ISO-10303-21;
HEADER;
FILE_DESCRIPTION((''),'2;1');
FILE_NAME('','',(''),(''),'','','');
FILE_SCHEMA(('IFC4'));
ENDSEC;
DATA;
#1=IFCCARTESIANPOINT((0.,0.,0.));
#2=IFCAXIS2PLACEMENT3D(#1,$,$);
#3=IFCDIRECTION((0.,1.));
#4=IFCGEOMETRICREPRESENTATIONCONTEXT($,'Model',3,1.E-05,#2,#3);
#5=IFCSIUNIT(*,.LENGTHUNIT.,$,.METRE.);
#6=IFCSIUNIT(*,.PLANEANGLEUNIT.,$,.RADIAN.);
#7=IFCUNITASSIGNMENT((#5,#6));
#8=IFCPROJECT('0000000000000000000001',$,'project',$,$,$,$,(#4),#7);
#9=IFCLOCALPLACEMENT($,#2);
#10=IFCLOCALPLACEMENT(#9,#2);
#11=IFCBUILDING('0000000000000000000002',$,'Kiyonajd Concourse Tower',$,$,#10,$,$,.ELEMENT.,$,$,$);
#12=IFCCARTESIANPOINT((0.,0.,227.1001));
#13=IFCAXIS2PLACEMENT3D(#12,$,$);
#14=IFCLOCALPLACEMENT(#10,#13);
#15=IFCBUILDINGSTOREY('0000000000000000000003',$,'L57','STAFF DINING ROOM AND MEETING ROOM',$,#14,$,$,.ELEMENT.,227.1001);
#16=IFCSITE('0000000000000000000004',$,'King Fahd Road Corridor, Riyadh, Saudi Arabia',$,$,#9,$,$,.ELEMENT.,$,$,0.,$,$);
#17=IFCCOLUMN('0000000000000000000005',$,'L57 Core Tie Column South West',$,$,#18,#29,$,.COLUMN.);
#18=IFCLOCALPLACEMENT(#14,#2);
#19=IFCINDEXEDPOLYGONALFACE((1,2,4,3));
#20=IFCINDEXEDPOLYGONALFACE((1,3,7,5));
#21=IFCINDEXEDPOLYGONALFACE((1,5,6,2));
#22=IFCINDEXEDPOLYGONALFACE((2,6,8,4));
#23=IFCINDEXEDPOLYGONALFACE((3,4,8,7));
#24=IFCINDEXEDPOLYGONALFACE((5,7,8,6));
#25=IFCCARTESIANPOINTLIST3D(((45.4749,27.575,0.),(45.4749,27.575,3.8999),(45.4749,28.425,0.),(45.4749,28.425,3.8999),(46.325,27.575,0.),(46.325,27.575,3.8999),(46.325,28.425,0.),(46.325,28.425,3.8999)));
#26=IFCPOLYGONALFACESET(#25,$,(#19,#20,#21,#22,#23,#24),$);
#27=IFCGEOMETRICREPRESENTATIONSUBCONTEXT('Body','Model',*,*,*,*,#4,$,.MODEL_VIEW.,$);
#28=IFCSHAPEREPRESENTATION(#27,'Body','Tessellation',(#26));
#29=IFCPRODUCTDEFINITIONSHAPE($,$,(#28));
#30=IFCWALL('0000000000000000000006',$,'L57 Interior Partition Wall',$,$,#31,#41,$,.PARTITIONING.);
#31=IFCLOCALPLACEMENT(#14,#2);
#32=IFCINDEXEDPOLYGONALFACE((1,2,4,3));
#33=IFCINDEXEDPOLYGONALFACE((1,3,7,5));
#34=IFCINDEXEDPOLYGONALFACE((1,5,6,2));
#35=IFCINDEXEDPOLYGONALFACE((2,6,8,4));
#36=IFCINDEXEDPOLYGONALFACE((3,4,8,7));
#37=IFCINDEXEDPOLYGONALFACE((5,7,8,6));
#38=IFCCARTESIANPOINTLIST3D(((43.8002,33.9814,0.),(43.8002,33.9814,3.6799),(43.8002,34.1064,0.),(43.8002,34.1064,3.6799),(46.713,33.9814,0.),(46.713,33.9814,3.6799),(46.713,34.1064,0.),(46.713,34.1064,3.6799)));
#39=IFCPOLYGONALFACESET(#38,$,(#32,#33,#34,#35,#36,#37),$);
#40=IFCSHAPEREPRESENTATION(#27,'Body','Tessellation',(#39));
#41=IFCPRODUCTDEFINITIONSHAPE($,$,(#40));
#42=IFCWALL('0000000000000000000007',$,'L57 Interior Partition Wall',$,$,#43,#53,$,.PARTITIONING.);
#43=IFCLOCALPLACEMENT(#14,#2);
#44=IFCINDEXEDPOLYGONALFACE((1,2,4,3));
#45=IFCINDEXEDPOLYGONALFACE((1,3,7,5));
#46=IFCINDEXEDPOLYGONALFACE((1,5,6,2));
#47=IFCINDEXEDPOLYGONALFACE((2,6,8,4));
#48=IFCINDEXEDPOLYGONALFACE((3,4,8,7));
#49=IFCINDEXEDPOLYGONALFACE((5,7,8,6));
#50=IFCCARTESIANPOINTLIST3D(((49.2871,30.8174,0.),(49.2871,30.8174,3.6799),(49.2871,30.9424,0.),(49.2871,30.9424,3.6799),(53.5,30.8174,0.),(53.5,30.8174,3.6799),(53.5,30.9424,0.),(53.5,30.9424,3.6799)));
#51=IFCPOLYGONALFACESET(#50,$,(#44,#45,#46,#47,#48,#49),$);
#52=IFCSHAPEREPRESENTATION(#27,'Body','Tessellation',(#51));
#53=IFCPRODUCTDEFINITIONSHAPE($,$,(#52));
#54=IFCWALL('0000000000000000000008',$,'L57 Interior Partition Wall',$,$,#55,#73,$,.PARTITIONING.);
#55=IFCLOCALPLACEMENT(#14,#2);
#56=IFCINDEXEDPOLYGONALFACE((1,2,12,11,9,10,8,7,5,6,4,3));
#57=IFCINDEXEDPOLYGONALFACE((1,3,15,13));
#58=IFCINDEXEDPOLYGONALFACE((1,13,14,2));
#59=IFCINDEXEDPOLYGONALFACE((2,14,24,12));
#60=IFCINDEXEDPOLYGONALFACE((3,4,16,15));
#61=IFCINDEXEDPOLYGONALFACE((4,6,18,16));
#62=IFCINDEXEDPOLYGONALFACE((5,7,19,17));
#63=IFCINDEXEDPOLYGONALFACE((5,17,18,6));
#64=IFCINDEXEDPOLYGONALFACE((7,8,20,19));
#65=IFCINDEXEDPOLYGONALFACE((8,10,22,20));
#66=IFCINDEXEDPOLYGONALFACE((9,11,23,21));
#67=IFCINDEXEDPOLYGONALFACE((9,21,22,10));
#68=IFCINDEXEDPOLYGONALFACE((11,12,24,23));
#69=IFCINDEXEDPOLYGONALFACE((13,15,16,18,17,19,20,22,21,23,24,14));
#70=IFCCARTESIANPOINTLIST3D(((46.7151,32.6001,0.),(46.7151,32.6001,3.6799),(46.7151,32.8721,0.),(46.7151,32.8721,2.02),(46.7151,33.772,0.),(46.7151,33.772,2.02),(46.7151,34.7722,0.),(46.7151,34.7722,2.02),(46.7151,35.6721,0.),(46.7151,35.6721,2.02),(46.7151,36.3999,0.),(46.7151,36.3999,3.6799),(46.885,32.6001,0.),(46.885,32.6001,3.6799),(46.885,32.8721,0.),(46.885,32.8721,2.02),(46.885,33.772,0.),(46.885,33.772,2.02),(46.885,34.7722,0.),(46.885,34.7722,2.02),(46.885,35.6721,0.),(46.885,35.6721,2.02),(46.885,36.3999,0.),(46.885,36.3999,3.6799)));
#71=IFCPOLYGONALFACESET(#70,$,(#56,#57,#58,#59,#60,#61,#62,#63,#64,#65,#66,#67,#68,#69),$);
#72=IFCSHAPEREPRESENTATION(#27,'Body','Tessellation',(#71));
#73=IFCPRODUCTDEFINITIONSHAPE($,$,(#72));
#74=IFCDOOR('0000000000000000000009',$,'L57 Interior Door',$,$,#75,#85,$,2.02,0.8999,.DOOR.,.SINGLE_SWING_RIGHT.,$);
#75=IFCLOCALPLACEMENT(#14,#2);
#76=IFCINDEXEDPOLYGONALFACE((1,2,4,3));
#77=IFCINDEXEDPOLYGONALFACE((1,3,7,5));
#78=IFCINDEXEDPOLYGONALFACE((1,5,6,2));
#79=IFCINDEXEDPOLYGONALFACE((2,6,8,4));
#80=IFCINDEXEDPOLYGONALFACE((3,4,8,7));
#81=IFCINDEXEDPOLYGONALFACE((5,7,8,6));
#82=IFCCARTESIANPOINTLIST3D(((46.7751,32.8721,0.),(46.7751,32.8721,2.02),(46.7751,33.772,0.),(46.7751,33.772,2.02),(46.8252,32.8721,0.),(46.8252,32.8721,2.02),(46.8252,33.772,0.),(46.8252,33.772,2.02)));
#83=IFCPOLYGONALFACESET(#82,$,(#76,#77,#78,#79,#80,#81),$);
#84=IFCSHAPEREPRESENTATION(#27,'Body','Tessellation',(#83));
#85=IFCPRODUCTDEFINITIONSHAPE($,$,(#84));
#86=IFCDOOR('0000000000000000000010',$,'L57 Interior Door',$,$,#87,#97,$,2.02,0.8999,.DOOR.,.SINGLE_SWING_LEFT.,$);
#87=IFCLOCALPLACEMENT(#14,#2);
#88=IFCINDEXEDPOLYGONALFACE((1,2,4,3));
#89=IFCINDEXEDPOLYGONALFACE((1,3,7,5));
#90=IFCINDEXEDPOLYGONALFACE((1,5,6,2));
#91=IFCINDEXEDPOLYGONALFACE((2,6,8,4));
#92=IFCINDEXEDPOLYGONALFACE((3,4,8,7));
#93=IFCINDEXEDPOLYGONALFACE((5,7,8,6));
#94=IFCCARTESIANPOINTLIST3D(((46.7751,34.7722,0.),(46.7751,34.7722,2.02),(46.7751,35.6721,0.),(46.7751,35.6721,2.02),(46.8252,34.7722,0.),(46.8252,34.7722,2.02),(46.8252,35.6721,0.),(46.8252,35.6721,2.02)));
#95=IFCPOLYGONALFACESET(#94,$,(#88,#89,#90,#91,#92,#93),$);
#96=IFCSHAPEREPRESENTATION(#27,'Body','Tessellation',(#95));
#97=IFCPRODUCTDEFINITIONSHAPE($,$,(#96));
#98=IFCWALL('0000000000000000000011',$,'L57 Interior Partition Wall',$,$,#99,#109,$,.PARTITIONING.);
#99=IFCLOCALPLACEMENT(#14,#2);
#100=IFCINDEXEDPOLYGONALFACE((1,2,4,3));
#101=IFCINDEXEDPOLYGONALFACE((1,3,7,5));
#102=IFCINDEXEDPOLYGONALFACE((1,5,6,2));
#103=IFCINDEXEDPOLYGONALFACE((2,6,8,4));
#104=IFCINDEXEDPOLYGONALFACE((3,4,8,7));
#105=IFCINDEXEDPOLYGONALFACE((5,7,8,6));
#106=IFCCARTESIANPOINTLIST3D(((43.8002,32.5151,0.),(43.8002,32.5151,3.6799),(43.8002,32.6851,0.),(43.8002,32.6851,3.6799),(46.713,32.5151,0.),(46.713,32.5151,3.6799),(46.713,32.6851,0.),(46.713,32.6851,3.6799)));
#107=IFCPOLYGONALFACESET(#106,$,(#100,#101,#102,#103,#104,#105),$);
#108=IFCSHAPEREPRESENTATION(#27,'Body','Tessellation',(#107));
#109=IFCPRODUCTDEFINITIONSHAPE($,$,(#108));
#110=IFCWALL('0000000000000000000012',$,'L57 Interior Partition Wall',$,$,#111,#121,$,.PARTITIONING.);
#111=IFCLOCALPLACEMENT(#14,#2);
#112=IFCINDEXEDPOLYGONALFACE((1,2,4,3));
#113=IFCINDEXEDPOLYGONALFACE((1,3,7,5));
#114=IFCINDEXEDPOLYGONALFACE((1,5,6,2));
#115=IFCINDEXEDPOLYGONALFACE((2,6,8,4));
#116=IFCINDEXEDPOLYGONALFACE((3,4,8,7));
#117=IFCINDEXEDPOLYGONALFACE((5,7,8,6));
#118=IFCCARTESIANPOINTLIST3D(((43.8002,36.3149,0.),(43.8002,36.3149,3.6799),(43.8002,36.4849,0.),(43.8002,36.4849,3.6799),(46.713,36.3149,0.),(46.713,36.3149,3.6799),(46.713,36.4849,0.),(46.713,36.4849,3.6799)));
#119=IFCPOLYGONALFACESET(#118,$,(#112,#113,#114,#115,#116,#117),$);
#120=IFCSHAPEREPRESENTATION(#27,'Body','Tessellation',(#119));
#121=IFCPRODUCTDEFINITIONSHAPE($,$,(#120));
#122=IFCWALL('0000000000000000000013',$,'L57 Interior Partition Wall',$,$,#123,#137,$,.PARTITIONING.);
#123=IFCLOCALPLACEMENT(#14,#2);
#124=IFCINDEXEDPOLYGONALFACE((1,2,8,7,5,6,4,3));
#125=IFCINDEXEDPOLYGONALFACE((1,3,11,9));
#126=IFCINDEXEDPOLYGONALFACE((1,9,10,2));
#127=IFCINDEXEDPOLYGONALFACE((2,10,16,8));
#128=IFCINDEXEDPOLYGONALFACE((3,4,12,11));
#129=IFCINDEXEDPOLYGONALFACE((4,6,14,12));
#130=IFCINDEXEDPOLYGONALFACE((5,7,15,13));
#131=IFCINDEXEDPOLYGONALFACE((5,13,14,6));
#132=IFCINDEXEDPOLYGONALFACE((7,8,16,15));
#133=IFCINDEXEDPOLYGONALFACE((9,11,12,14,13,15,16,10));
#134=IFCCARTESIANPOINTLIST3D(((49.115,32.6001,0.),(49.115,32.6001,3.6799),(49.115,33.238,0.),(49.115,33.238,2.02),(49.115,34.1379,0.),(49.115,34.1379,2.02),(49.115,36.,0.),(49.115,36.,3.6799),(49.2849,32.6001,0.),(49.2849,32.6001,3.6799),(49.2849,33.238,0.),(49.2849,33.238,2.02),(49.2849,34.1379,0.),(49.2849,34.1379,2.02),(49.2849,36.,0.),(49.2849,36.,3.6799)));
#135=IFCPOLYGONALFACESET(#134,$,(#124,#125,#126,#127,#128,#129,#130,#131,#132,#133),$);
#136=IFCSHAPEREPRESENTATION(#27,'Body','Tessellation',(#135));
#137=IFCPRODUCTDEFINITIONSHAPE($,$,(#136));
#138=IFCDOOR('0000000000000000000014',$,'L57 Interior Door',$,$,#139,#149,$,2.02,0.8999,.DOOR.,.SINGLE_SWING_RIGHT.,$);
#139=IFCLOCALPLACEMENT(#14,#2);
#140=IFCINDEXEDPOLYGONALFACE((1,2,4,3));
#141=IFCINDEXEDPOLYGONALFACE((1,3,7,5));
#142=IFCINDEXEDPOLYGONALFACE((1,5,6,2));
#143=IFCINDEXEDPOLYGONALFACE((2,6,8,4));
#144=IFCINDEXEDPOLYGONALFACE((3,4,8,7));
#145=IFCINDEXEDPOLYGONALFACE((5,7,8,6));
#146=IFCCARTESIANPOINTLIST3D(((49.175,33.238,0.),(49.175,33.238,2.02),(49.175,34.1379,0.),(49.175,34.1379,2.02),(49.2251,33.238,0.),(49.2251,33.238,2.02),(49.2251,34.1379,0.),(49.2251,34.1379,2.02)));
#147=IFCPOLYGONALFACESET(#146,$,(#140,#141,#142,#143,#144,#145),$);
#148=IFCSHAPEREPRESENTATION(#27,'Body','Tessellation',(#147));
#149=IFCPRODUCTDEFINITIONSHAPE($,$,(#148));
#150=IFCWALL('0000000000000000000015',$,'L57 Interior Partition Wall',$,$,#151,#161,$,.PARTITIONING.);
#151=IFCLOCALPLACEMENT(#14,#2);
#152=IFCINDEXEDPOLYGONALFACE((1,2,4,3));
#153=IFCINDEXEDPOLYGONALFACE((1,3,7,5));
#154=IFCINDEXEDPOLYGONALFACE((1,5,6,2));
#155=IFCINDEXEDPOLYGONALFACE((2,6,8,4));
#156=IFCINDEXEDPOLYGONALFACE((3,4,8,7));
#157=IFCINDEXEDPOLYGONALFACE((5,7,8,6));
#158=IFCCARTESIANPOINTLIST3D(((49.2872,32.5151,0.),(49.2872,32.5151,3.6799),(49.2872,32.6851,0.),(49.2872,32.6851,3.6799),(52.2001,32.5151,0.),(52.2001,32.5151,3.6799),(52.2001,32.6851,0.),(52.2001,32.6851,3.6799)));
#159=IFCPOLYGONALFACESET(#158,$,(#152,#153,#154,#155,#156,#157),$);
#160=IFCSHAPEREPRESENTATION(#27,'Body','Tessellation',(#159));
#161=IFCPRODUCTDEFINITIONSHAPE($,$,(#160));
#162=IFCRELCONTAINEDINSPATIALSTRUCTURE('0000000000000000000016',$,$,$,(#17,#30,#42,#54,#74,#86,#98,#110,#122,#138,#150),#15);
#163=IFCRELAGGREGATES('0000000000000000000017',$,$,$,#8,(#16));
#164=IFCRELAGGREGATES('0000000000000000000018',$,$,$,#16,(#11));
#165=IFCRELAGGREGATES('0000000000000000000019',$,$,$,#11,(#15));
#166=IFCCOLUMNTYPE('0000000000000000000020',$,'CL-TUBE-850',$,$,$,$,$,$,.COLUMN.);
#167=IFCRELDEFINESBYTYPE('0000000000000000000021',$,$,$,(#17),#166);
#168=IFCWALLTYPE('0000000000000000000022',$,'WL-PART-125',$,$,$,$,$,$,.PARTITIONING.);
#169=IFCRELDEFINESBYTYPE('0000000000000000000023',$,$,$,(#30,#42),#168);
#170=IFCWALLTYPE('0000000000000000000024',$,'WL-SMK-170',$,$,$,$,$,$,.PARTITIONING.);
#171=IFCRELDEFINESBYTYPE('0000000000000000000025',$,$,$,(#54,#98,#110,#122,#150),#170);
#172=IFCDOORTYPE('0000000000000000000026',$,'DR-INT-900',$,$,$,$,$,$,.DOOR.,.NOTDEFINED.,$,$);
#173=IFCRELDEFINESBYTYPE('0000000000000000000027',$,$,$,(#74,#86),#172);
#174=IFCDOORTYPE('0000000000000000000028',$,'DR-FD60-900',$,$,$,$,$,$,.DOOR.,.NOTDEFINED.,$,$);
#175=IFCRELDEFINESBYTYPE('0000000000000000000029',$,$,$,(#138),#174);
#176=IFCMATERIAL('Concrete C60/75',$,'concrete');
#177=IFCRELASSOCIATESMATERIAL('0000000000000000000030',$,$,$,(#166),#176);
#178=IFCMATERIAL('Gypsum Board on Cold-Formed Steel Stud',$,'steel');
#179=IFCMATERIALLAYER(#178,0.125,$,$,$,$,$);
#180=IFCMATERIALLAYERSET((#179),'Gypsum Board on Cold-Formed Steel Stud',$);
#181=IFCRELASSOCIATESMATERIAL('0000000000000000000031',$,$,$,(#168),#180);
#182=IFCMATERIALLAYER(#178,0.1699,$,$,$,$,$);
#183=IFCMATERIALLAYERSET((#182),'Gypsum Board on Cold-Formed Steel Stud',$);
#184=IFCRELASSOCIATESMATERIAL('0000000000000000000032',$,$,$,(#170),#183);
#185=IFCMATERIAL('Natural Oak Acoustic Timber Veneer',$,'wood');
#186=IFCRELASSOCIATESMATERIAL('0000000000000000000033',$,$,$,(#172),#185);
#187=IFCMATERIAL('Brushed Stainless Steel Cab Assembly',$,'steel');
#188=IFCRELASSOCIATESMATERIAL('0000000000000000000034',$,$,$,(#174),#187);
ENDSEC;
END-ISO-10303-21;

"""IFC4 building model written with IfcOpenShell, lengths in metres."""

from ifc_helpers import new_model, si_unit, direction, frame, frame_2d, origin, origin_2d, place, context, subcontext, project, spatial, rectangle, extrude, material, layer, layer_set, material_profile, profile_set, type_object, element, fill, save


model = new_model("IFC4")

# Units and contexts
model_context = context("Model", 3, precision=1e-05, world=origin(), true_north=direction((0.0, 1.0)))
body_context = subcontext(model_context, "Body", "Model", "MODEL_VIEW")
ifc_project = project(units=[si_unit("LENGTHUNIT", "METRE"), si_unit("PLANEANGLEUNIT", "RADIAN")], contexts=[model_context])

# Site, building, storey
site_placement = place(None, origin())
site = spatial("IfcSite", under=ifc_project, at=site_placement, Name="King Fahd Road Corridor, Riyadh, Saudi Arabia", CompositionType="ELEMENT", RefElevation=0.0)
building_placement = place(site_placement, origin())
building = spatial("IfcBuilding", under=site, at=building_placement, Name="Kiyonajd Concourse Tower", CompositionType="ELEMENT")
storey_placement = place(building_placement, frame((0.0, 0.0, 227.1001)))
storey = spatial("IfcBuildingStorey", under=building, at=storey_placement, Name="L57", Description="STAFF DINING ROOM AND MEETING ROOM", CompositionType="ELEMENT", Elevation=227.1001)

# Column
ifc_material_1 = material(Name="Concrete C60/75", Category="concrete")
ifc_material_profile = material_profile(ifc_material_1, rectangle(XDim=0.8501, YDim=0.8501, at=origin_2d()), Name="RC-850x850")
ifc_profile_set = profile_set([ifc_material_profile], Name="Concrete C60/75")
column_type = type_object("IfcColumnType", Name="CL-TUBE-850", PredefinedType="COLUMN", material=ifc_profile_set)
column_placement = place(storey_placement, frame((45.8999, 28.0, 0.0), z_axis=(0.0, 0.0, 1.0), x_axis=(1.0, 0.0, 0.0)))
element("IfcColumn", 1, at=column_placement, inside=storey, type_object=column_type, Name="L57 Core Tie Column South West", PredefinedType="COLUMN", context=body_context, shape_type="SweptSolid", body=[
    extrude(rectangle(XDim=0.8501, YDim=0.8501, at=origin_2d()), origin(), (0.0, 0.0, 1.0), 3.8999),
])

# Walls
ifc_material_2 = material(Name="Gypsum Board on Cold-Formed Steel Stud", Category="steel")
ifc_layer_1 = layer(ifc_material_2, 0.125)
ifc_layer_set_1 = layer_set([ifc_layer_1], Name="Gypsum Board on Cold-Formed Steel Stud")
wall_type_1 = type_object("IfcWallType", Name="WL-PART-125", PredefinedType="PARTITIONING", material=ifc_layer_set_1)
wall_1_placement = place(storey_placement, frame((43.8, 34.0439, 0.0), z_axis=(0.0, 0.0, 1.0), x_axis=(1.0, 0.0, 0.0)))
element("IfcWall", 2, at=wall_1_placement, inside=storey, type_object=wall_type_1, Name="L57 Interior Partition Wall", PredefinedType="PARTITIONING", context=body_context, shape_type="SweptSolid", body=[
    extrude(rectangle(XDim=2.9128, YDim=0.125, at=frame_2d((1.4565, 0.0))), origin(), (0.0, 0.0, 1.0), 3.6799),
])
wall_2_placement = place(storey_placement, frame((49.2871, 30.8799, 0.0), z_axis=(0.0, 0.0, 1.0), x_axis=(1.0, 0.0, 0.0)))
element("IfcWall", 3, at=wall_2_placement, inside=storey, type_object=wall_type_1, Name="L57 Interior Partition Wall", PredefinedType="PARTITIONING", context=body_context, shape_type="SweptSolid", body=[
    extrude(rectangle(XDim=4.2129, YDim=0.125, at=frame_2d((2.1064, 0.0))), origin(), (0.0, 0.0, 1.0), 3.6799),
])

# Wall, openings, doors
ifc_layer_2 = layer(ifc_material_2, 0.1699)
ifc_layer_set_2 = layer_set([ifc_layer_2], Name="Gypsum Board on Cold-Formed Steel Stud")
wall_type_2 = type_object("IfcWallType", Name="WL-SMK-170", PredefinedType="PARTITIONING", material=ifc_layer_set_2)
wall_3_placement = place(storey_placement, frame((46.8, 32.6001, 0.0), z_axis=(0.0, 0.0, 1.0), x_axis=(0.0, 1.0, 0.0)))
wall_3 = element("IfcWall", 4, at=wall_3_placement, inside=storey, type_object=wall_type_2, Name="L57 Interior Partition Wall", PredefinedType="PARTITIONING", context=body_context, shape_type="SweptSolid", body=[
    extrude(rectangle(XDim=3.7998, YDim=0.1699, at=frame_2d((1.8999, 0.0))), origin(), (0.0, 0.0, 1.0), 3.6799),
])
opening_1_placement = place(wall_3_placement, frame((0.272, 0.0, 0.0)))
opening_1 = element("IfcOpeningElement", 5, at=opening_1_placement, cuts=wall_3, PredefinedType="OPENING", context=body_context, shape_type="SweptSolid", body=[
    extrude(rectangle(XDim=0.8999, YDim=2.02, at=frame_2d((0.45, 1.01))), frame((0.0, 0.095, 0.0), z_axis=(0.0, -1.0, 0.0), x_axis=(1.0, 0.0, 0.0)), (0.0, 0.0, 1.0), 0.1899),
])
opening_2_placement = place(wall_3_placement, frame((2.1721, 0.0, 0.0)))
opening_2 = element("IfcOpeningElement", 6, at=opening_2_placement, cuts=wall_3, PredefinedType="OPENING", context=body_context, shape_type="SweptSolid", body=[
    extrude(rectangle(XDim=0.8999, YDim=2.02, at=frame_2d((0.45, 1.01))), frame((0.0, 0.095, 0.0), z_axis=(0.0, -1.0, 0.0), x_axis=(1.0, 0.0, 0.0)), (0.0, 0.0, 1.0), 0.1899),
])
ifc_material_3 = material(Name="Natural Oak Acoustic Timber Veneer", Category="wood")
door_type_1 = type_object("IfcDoorType", Name="DR-INT-900", OperationType="NOTDEFINED", PredefinedType="DOOR", material=ifc_material_3)
door_1_placement = place(opening_1_placement, origin())
door_1 = element("IfcDoor", 7, at=door_1_placement, inside=storey, type_object=door_type_1, Name="L57 Interior Door", OperationType="SINGLE_SWING_RIGHT", OverallHeight=2.02, OverallWidth=0.8999, PredefinedType="DOOR", context=body_context, shape_type="SweptSolid", body=[
    extrude(rectangle(XDim=0.8999, YDim=2.02, at=frame_2d((0.45, 1.01))), frame((0.0, 0.0249, 0.0), z_axis=(0.0, -1.0, 0.0), x_axis=(1.0, 0.0, 0.0)), (0.0, 0.0, 1.0), 0.05),
])
fill(opening_1, door_1)
door_2_placement = place(opening_2_placement, origin())
door_2 = element("IfcDoor", 8, at=door_2_placement, inside=storey, type_object=door_type_1, Name="L57 Interior Door", OperationType="SINGLE_SWING_LEFT", OverallHeight=2.02, OverallWidth=0.8999, PredefinedType="DOOR", context=body_context, shape_type="SweptSolid", body=[
    extrude(rectangle(XDim=0.8999, YDim=2.02, at=frame_2d((0.45, 1.01))), frame((0.0, 0.0249, 0.0), z_axis=(0.0, -1.0, 0.0), x_axis=(1.0, 0.0, 0.0)), (0.0, 0.0, 1.0), 0.05),
])
fill(opening_2, door_2)

# Walls
for number, where, z_axis, x_axis, name in (
    (9, (43.8, 32.6001, 0.0), (0.0, 0.0, 1.0), (1.0, 0.0, 0.0), "L57 Interior Partition Wall"),
    (10, (43.8, 36.3999, 0.0), (0.0, 0.0, 1.0), (1.0, 0.0, 0.0), "L57 Interior Partition Wall"),
):
    element("IfcWall", number, at=place(storey_placement, frame(where, z_axis=z_axis, x_axis=x_axis)), inside=storey, type_object=wall_type_2, Name=name, PredefinedType="PARTITIONING", context=body_context, shape_type="SweptSolid", body=[
        extrude(rectangle(XDim=2.9128, YDim=0.1699, at=frame_2d((1.4565, 0.0))), origin(), (0.0, 0.0, 1.0), 3.6799),
    ])

# Wall, opening, door
wall_4_placement = place(storey_placement, frame((49.2, 32.6001, 0.0), z_axis=(0.0, 0.0, 1.0), x_axis=(0.0, 1.0, 0.0)))
wall_4 = element("IfcWall", 11, at=wall_4_placement, inside=storey, type_object=wall_type_2, Name="L57 Interior Partition Wall", PredefinedType="PARTITIONING", context=body_context, shape_type="SweptSolid", body=[
    extrude(rectangle(XDim=3.3999, YDim=0.1699, at=frame_2d((1.7, 0.0))), origin(), (0.0, 0.0, 1.0), 3.6799),
])
opening_3_placement = place(wall_4_placement, frame((0.6379, 0.0, 0.0)))
opening_3 = element("IfcOpeningElement", 12, at=opening_3_placement, cuts=wall_4, PredefinedType="OPENING", context=body_context, shape_type="SweptSolid", body=[
    extrude(rectangle(XDim=0.8999, YDim=2.02, at=frame_2d((0.45, 1.01))), frame((0.0, 0.095, 0.0), z_axis=(0.0, -1.0, 0.0), x_axis=(1.0, 0.0, 0.0)), (0.0, 0.0, 1.0), 0.1899),
])
ifc_material_4 = material(Name="Brushed Stainless Steel Cab Assembly", Category="steel")
door_type_2 = type_object("IfcDoorType", Name="DR-FD60-900", OperationType="NOTDEFINED", PredefinedType="DOOR", material=ifc_material_4)
door_3_placement = place(opening_3_placement, origin())
door_3 = element("IfcDoor", 13, at=door_3_placement, inside=storey, type_object=door_type_2, Name="L57 Interior Door", OperationType="SINGLE_SWING_RIGHT", OverallHeight=2.02, OverallWidth=0.8999, PredefinedType="DOOR", context=body_context, shape_type="SweptSolid", body=[
    extrude(rectangle(XDim=0.8999, YDim=2.02, at=frame_2d((0.45, 1.01))), frame((0.0, 0.0249, 0.0), z_axis=(0.0, -1.0, 0.0), x_axis=(1.0, 0.0, 0.0)), (0.0, 0.0, 1.0), 0.05),
])
fill(opening_3, door_3)

# Wall
wall_5_placement = place(storey_placement, frame((49.2871, 32.6001, 0.0), z_axis=(0.0, 0.0, 1.0), x_axis=(1.0, 0.0, 0.0)))
element("IfcWall", 14, at=wall_5_placement, inside=storey, type_object=wall_type_2, Name="L57 Interior Partition Wall", PredefinedType="PARTITIONING", context=body_context, shape_type="SweptSolid", body=[
    extrude(rectangle(XDim=2.9128, YDim=0.1699, at=frame_2d((1.4565, 0.0))), origin(), (0.0, 0.0, 1.0), 3.6799),
])

save(model, "model.ifc")
